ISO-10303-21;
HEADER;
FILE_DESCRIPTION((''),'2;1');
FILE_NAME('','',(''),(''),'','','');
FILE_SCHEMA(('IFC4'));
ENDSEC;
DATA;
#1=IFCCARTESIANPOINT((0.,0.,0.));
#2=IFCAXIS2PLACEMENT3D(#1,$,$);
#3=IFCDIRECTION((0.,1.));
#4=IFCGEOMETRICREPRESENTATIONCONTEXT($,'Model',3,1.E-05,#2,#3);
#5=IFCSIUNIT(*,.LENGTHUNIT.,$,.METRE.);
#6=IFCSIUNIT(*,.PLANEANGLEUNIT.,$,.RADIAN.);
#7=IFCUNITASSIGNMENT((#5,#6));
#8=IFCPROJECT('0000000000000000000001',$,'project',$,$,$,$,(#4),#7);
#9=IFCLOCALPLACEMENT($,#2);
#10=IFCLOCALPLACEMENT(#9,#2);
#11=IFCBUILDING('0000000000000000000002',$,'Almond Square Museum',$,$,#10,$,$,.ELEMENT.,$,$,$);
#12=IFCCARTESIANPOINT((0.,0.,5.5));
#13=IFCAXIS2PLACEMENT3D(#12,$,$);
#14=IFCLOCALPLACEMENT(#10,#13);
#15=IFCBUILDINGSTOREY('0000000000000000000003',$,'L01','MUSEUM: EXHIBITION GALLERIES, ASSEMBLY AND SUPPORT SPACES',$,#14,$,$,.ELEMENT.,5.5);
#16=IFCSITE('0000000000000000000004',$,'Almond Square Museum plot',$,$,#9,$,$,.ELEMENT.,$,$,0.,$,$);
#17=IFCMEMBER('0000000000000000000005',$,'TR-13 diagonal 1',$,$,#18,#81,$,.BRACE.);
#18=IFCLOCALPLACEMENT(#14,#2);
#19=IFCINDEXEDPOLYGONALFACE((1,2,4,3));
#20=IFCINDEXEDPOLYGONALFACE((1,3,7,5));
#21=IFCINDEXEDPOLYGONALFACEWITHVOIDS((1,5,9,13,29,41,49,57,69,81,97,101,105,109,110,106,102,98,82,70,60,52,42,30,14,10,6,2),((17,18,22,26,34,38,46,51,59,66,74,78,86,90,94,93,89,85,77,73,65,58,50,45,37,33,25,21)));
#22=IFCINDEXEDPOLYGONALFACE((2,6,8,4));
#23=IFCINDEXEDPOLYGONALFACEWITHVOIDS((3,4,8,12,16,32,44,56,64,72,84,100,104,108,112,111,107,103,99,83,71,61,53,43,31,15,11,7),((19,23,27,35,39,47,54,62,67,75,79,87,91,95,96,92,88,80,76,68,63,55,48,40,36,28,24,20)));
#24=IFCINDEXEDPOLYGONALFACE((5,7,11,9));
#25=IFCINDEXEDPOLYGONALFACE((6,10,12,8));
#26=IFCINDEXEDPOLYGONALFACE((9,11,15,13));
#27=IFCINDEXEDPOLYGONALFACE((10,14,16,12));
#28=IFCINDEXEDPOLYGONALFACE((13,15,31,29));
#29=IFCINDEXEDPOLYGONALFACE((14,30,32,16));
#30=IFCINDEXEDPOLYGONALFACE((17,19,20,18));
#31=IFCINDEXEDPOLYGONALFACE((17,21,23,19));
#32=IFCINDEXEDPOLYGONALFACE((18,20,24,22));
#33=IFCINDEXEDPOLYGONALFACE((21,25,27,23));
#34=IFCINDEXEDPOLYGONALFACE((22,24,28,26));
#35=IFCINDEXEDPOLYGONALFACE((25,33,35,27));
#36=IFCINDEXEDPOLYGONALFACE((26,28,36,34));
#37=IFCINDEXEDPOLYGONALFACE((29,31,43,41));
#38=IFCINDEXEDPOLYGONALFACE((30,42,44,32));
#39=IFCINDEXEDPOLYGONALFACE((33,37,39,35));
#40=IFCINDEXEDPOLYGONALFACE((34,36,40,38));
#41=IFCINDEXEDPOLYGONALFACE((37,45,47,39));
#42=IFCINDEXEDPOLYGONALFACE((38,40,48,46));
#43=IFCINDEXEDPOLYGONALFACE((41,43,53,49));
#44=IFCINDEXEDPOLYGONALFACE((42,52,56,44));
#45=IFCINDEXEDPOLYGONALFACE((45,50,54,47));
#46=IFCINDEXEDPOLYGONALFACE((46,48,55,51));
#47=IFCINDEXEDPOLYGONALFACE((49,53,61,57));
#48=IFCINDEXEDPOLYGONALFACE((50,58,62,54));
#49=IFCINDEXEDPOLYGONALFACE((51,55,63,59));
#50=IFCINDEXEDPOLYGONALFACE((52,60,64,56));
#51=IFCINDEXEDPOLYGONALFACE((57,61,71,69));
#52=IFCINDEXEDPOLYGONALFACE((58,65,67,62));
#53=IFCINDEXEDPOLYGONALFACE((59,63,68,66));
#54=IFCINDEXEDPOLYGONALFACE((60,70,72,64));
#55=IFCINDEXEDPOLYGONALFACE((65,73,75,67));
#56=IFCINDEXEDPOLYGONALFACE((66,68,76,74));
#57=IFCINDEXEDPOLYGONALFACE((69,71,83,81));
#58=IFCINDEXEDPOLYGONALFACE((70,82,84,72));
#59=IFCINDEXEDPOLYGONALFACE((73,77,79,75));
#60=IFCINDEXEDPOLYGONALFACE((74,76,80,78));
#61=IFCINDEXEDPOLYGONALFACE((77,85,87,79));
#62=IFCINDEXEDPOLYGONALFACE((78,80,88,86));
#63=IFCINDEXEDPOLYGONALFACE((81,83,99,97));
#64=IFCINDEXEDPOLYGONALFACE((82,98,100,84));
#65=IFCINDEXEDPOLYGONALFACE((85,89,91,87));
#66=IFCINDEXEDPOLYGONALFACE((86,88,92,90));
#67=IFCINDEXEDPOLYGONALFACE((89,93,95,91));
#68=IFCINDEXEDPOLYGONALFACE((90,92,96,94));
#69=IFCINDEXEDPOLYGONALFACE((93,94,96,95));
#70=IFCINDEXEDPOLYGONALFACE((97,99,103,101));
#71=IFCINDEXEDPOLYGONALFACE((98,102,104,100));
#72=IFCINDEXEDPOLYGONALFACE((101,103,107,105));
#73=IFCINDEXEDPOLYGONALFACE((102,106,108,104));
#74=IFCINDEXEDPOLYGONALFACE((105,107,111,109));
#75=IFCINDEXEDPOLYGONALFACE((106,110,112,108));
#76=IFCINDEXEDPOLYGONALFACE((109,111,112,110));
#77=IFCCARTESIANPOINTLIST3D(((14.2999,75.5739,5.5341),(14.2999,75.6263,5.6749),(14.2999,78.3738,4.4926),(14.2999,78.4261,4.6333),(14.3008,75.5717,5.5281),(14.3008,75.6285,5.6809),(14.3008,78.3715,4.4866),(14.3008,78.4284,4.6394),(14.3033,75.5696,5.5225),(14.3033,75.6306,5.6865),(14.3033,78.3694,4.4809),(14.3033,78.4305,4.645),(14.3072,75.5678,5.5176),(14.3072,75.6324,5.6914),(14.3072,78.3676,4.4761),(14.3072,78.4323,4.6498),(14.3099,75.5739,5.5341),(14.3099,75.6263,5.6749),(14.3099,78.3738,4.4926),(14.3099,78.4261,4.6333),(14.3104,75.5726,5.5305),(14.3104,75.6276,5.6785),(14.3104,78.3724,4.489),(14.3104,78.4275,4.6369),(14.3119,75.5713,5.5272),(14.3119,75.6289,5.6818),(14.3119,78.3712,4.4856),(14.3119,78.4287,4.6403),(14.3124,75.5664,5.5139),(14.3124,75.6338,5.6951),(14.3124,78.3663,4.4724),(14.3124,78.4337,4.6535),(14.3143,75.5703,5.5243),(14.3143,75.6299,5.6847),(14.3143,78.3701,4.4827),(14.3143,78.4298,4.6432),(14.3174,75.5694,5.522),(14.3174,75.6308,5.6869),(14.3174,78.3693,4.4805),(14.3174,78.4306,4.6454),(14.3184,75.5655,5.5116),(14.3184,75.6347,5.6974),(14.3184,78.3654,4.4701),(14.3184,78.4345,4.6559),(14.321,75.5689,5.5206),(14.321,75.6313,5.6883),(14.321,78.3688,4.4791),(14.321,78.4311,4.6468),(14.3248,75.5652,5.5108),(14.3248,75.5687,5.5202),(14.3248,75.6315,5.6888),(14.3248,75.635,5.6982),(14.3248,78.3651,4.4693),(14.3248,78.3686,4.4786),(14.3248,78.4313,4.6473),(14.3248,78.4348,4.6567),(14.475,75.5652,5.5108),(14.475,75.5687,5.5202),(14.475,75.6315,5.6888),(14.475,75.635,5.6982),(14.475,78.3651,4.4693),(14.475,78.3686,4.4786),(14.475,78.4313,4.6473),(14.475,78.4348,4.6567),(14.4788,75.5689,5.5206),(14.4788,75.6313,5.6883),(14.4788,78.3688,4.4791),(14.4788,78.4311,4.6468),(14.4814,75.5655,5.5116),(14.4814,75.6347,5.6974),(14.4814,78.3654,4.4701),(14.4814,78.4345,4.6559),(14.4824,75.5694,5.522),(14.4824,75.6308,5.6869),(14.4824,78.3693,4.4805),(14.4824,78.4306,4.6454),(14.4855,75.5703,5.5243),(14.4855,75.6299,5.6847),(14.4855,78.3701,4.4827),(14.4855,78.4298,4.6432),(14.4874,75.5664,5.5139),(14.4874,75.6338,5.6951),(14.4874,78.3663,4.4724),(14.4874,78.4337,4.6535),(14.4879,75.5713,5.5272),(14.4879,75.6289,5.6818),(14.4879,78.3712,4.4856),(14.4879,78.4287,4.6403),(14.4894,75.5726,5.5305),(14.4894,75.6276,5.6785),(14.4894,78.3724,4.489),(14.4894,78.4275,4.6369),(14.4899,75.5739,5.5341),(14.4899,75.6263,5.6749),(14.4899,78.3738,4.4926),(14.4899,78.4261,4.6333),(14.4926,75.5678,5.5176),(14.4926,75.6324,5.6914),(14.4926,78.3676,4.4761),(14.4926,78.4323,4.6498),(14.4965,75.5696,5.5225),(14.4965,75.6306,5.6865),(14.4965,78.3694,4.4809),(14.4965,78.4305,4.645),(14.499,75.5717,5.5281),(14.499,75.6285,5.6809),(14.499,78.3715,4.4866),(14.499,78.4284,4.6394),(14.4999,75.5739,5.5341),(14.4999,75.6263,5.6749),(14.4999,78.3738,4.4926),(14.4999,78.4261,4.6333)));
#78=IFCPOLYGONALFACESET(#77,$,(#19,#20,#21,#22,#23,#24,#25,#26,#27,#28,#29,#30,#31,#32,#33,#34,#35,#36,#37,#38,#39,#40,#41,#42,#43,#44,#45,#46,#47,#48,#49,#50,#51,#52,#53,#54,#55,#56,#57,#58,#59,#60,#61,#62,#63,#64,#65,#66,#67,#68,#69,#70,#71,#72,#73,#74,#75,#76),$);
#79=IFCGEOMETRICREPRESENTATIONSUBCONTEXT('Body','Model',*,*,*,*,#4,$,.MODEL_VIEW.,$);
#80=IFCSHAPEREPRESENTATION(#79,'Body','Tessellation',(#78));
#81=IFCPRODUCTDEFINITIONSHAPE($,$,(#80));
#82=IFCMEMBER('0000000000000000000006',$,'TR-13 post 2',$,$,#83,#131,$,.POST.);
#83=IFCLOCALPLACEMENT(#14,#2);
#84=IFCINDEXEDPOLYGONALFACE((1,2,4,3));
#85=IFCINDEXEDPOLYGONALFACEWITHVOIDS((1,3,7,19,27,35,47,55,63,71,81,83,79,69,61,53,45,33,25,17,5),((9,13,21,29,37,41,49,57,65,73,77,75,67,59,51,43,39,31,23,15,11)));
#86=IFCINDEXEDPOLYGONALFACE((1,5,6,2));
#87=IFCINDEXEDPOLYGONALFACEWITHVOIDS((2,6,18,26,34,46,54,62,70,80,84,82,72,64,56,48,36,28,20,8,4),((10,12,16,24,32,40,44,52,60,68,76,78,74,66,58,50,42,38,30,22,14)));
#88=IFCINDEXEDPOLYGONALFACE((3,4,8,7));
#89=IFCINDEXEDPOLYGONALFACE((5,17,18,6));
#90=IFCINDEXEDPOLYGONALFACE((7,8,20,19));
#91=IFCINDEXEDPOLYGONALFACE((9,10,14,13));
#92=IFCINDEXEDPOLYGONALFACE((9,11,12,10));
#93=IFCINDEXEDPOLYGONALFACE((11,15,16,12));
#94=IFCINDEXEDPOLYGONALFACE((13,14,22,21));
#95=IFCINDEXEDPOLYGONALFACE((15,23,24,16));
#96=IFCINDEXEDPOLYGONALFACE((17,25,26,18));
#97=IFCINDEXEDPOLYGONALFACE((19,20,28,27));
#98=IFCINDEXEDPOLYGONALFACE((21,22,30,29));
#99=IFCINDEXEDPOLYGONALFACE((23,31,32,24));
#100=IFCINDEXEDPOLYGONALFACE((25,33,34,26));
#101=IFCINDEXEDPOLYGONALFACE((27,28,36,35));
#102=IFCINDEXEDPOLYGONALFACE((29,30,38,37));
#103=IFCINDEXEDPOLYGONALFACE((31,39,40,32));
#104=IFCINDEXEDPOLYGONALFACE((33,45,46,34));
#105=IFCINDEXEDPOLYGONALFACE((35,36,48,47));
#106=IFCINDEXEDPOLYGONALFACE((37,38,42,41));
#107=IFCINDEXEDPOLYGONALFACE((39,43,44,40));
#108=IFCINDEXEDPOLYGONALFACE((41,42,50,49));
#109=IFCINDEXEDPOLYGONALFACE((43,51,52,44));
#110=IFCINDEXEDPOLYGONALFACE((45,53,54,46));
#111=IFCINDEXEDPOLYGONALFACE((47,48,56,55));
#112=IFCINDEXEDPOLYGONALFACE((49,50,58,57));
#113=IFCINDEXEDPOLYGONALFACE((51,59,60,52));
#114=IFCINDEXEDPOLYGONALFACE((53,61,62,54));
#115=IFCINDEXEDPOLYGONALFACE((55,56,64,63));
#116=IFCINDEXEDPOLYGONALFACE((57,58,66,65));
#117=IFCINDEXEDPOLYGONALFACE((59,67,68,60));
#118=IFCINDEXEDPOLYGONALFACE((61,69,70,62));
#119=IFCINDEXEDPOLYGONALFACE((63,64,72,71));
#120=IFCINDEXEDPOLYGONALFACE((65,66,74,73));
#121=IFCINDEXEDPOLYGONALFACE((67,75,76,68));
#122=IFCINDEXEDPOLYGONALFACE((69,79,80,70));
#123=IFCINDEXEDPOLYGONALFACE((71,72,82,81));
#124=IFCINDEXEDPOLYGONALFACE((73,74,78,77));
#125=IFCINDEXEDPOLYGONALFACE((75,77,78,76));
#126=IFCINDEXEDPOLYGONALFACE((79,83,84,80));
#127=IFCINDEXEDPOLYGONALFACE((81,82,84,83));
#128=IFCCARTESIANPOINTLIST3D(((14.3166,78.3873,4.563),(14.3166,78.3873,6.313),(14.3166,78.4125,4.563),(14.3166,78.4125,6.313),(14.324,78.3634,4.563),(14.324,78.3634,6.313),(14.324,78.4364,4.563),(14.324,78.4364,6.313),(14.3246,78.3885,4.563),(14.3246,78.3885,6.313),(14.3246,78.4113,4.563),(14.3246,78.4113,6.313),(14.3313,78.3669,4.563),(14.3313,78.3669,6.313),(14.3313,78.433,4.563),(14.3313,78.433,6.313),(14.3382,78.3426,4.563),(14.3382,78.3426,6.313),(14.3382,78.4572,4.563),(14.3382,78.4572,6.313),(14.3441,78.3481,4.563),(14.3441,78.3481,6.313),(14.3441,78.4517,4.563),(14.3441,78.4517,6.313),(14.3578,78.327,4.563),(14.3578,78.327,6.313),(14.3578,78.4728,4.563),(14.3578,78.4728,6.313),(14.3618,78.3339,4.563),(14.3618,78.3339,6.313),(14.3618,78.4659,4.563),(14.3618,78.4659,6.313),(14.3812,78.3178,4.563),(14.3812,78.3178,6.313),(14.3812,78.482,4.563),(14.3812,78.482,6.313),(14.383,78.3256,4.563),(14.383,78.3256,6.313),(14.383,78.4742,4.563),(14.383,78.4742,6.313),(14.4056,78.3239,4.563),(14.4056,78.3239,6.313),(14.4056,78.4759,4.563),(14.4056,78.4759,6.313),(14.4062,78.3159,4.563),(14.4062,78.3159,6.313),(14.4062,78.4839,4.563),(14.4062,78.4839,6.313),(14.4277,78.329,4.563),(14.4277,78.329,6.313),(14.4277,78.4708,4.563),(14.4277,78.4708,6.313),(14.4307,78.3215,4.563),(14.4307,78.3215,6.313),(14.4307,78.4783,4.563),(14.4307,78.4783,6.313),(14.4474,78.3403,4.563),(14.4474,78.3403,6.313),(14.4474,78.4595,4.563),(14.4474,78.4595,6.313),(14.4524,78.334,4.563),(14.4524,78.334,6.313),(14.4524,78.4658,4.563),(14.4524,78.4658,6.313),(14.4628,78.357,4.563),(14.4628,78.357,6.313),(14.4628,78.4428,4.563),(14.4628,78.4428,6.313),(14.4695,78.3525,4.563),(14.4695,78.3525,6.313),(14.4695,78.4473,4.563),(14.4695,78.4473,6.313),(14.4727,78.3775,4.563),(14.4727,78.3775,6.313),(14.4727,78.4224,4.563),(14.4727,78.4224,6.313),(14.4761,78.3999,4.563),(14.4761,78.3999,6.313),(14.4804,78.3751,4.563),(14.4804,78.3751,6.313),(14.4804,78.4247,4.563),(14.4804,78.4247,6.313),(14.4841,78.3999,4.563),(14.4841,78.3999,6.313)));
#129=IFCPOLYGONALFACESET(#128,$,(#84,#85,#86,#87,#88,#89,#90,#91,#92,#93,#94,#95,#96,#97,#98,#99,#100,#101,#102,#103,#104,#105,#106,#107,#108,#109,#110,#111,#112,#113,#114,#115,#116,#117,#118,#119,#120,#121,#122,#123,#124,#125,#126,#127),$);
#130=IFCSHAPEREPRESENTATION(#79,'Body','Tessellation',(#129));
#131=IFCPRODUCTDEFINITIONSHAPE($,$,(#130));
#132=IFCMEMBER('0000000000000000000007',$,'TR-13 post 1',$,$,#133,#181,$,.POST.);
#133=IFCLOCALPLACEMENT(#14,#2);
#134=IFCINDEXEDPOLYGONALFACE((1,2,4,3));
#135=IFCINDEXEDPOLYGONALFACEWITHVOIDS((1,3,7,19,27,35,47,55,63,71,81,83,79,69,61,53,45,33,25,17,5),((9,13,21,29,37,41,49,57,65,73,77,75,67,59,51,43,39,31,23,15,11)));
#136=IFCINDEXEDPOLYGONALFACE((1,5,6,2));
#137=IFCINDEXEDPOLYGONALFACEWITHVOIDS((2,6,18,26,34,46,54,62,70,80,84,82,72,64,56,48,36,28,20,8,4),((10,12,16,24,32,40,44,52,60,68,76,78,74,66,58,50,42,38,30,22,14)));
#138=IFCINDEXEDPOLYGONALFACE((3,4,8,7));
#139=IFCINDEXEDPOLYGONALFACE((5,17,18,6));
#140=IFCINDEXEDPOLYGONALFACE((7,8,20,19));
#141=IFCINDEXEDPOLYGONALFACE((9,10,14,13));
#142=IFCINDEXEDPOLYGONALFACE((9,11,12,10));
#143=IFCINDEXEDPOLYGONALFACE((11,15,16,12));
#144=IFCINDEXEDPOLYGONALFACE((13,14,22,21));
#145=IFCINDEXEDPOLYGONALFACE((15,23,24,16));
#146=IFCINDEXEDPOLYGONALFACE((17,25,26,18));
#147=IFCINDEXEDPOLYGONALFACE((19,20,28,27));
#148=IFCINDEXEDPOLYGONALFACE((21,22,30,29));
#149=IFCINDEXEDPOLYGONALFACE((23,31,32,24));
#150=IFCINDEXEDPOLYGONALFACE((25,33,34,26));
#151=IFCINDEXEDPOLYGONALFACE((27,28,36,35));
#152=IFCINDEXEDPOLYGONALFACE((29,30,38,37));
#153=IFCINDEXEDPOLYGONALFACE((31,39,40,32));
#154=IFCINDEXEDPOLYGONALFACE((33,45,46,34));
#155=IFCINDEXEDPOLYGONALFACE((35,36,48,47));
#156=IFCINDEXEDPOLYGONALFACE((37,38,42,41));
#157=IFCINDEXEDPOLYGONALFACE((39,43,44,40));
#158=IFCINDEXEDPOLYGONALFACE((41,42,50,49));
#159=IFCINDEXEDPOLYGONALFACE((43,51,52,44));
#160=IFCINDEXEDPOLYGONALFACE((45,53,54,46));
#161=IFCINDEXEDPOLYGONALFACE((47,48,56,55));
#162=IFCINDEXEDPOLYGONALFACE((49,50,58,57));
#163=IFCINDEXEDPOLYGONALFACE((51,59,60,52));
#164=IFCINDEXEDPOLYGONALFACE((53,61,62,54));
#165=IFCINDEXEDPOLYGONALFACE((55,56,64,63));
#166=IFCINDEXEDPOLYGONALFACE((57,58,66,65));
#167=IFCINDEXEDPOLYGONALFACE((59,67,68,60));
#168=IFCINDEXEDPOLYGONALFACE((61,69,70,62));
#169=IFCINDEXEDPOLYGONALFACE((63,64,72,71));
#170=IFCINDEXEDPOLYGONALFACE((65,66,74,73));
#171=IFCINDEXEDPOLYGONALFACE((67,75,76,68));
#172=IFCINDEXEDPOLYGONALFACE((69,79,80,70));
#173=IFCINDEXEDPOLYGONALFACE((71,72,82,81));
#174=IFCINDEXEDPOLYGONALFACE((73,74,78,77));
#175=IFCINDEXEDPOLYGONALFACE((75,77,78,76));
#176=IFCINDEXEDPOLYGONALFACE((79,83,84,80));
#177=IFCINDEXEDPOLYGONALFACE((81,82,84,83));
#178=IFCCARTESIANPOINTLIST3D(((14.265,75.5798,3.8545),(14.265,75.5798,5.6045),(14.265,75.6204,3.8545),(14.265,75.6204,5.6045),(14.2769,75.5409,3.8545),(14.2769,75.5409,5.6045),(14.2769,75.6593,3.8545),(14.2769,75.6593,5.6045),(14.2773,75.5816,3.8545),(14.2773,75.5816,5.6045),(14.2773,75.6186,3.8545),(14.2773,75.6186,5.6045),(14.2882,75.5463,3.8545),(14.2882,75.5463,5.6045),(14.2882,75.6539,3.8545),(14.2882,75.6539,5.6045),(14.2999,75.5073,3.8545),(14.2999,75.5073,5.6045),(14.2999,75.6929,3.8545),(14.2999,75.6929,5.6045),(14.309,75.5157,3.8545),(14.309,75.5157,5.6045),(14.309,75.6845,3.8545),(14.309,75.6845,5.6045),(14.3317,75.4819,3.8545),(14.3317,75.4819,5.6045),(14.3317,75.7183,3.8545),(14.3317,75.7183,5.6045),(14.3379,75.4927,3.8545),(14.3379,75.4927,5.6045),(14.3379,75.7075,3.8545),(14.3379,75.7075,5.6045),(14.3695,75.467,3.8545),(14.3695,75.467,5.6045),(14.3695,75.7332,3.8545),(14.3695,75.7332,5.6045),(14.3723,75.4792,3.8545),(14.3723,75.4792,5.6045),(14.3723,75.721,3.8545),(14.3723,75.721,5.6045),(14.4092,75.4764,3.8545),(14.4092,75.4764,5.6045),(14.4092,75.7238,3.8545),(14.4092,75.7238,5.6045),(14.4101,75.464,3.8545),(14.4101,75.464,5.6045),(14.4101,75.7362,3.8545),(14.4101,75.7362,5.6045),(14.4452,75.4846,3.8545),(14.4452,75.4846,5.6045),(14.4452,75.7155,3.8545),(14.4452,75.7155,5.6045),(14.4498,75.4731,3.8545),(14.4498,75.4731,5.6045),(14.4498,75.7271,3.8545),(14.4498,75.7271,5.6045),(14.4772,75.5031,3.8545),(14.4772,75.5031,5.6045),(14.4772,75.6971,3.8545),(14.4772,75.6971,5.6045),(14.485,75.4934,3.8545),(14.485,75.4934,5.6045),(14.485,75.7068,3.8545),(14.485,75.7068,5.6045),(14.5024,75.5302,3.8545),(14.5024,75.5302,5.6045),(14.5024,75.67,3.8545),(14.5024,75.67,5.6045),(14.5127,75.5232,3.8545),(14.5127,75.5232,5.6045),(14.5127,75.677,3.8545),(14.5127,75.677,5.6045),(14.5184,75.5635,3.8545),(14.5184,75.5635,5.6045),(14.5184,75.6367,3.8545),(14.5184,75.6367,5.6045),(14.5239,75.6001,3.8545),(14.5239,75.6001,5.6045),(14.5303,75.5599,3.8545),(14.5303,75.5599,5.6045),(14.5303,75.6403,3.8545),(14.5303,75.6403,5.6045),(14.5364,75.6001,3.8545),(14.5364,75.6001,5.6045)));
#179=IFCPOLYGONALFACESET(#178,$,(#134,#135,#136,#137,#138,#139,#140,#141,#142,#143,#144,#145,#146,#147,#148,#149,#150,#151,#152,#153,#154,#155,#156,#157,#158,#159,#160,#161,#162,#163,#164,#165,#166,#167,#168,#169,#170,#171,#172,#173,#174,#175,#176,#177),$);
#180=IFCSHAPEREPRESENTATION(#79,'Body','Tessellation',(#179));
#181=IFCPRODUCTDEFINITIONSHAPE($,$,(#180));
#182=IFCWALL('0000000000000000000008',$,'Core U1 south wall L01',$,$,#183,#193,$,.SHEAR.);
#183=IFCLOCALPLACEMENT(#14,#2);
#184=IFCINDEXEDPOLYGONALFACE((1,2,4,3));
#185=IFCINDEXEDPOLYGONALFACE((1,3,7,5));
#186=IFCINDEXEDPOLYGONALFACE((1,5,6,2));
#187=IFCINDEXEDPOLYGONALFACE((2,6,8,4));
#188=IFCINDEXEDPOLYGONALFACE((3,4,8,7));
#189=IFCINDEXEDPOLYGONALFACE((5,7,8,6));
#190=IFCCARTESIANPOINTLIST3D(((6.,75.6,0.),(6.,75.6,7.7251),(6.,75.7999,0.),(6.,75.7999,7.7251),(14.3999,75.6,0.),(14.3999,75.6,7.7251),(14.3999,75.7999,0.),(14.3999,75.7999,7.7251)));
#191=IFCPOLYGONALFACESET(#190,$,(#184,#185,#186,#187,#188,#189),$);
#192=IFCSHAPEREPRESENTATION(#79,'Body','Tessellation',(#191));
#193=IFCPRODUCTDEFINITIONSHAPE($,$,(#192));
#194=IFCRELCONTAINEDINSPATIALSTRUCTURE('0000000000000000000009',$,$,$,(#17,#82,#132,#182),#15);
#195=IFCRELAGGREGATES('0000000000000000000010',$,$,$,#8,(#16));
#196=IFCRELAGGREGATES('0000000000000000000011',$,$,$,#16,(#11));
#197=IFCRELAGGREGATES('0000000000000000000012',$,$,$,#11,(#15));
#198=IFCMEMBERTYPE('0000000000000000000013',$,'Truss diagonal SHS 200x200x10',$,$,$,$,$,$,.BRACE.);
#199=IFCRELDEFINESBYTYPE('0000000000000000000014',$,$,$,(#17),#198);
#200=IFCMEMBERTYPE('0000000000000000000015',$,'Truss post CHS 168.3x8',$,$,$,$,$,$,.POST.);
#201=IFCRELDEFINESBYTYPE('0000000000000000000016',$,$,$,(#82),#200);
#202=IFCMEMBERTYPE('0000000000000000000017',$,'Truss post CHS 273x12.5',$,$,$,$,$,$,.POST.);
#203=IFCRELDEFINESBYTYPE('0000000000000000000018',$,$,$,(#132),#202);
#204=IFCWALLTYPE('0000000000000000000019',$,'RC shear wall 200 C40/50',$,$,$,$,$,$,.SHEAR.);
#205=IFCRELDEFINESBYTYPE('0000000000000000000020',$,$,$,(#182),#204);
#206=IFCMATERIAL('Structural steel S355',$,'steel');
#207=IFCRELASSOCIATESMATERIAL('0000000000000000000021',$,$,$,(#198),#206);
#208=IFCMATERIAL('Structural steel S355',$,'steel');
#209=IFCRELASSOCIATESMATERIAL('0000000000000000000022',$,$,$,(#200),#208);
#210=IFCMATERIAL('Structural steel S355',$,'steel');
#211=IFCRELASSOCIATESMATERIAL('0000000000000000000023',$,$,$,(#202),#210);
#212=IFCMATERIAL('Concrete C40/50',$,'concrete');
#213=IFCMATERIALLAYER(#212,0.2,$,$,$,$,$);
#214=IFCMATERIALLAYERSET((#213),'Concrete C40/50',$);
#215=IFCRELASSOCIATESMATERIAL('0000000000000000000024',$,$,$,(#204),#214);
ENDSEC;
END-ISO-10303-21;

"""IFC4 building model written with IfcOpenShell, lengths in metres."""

from ifc_helpers import new_model, si_unit, direction, frame, frame_2d, origin, origin_2d, place, context, subcontext, project, spatial, rectangle, hollow_rectangle, hollow_circle, extrude, material, layer, layer_set, material_profile, profile_set, type_object, element, save


model = new_model("IFC4")

# Units and contexts
model_context = context("Model", 3, precision=1e-05, world=origin(), true_north=direction((0.0, 1.0)))
body_context = subcontext(model_context, "Body", "Model", "MODEL_VIEW")
ifc_project = project(units=[si_unit("LENGTHUNIT", "METRE"), si_unit("PLANEANGLEUNIT", "RADIAN")], contexts=[model_context])

# Site, building, storey
site_placement = place(None, origin())
site = spatial("IfcSite", under=ifc_project, at=site_placement, Name="Almond Square Museum plot", CompositionType="ELEMENT", RefElevation=0.0)
building_placement = place(site_placement, origin())
building = spatial("IfcBuilding", under=site, at=building_placement, Name="Almond Square Museum", CompositionType="ELEMENT")
storey_placement = place(building_placement, frame((0.0, 0.0, 5.5)))
storey = spatial("IfcBuildingStorey", under=building, at=storey_placement, Name="L01", Description="MUSEUM: EXHIBITION GALLERIES, ASSEMBLY AND SUPPORT SPACES", CompositionType="ELEMENT", Elevation=5.5)

# Members
ifc_material_1 = material(Name="Structural steel S355", Category="steel")
ifc_material_profile_1 = material_profile(ifc_material_1, hollow_rectangle(XDim=0.2, YDim=0.2, WallThickness=0.01, InnerFilletRadius=0.0149, OuterFilletRadius=0.0249, at=origin_2d()))
ifc_profile_set_1 = profile_set([ifc_material_profile_1], Name="Structural steel S355")
member_type_1 = type_object("IfcMemberType", Name="Truss diagonal SHS 200x200x10", PredefinedType="BRACE", material=ifc_profile_set_1)
member_1_placement = place(storey_placement, frame((14.3999, 75.6001, 5.6045), z_axis=(0.0, 0.937253, -0.34865), x_axis=(-1.0, 0.0, 0.0)))
element("IfcMember", 1, at=member_1_placement, inside=storey, type_object=member_type_1, Name="TR-13 diagonal 1", PredefinedType="BRACE", context=body_context, shape_type="SweptSolid", body=[
    extrude(hollow_rectangle(XDim=0.2, YDim=0.2, WallThickness=0.01, InnerFilletRadius=0.0149, OuterFilletRadius=0.0249, at=origin_2d()), origin(), (0.0, 0.0, 1.0), 2.9873),
])
ifc_material_2 = material(Name="Structural steel S355", Category="steel")
ifc_material_profile_2 = material_profile(ifc_material_2, hollow_circle(Radius=0.0842, WallThickness=0.0081, at=origin_2d()))
ifc_profile_set_2 = profile_set([ifc_material_profile_2], Name="Structural steel S355")
member_type_2 = type_object("IfcMemberType", Name="Truss post CHS 168.3x8", PredefinedType="POST", material=ifc_profile_set_2)
member_2_placement = place(storey_placement, frame((14.3999, 78.3999, 4.563), z_axis=(0.0, 0.0, 1.0), x_axis=(1.0, 0.0, 0.0)))
element("IfcMember", 2, at=member_2_placement, inside=storey, type_object=member_type_2, Name="TR-13 post 2", PredefinedType="POST", context=body_context, shape_type="SweptSolid", body=[
    extrude(hollow_circle(Radius=0.0842, WallThickness=0.0081, at=origin_2d()), origin(), (0.0, 0.0, 1.0), 1.75),
])
ifc_material_3 = material(Name="Structural steel S355", Category="steel")
ifc_material_profile_3 = material_profile(ifc_material_3, hollow_circle(Radius=0.1365, WallThickness=0.0125, at=origin_2d()))
ifc_profile_set_3 = profile_set([ifc_material_profile_3], Name="Structural steel S355")
member_type_3 = type_object("IfcMemberType", Name="Truss post CHS 273x12.5", PredefinedType="POST", material=ifc_profile_set_3)
member_3_placement = place(storey_placement, frame((14.3999, 75.6001, 3.8545), z_axis=(0.0, 0.0, 1.0), x_axis=(1.0, 0.0, 0.0)))
element("IfcMember", 3, at=member_3_placement, inside=storey, type_object=member_type_3, Name="TR-13 post 1", PredefinedType="POST", context=body_context, shape_type="SweptSolid", body=[
    extrude(hollow_circle(Radius=0.1365, WallThickness=0.0125, at=origin_2d()), origin(), (0.0, 0.0, 1.0), 1.75),
])

# Wall
ifc_material_4 = material(Name="Concrete C40/50", Category="concrete")
ifc_layer_1 = layer(ifc_material_4, 0.2)
ifc_layer_set_1 = layer_set([ifc_layer_1], Name="Concrete C40/50")
wall_type_1 = type_object("IfcWallType", Name="RC shear wall 200 C40/50", PredefinedType="SHEAR", material=ifc_layer_set_1)
wall_1_placement = place(storey_placement, frame((6.0, 75.7, 0.0), z_axis=(0.0, 0.0, 1.0), x_axis=(1.0, 0.0, 0.0)))
element("IfcWall", 4, at=wall_1_placement, inside=storey, type_object=wall_type_1, Name="Core U1 south wall L01", PredefinedType="SHEAR", context=body_context, shape_type="SweptSolid", body=[
    extrude(rectangle(XDim=8.3999, YDim=0.2, at=frame_2d((4.2, 0.0))), origin(), (0.0, 0.0, 1.0), 7.7251),
])

save(model, "model.ifc")
